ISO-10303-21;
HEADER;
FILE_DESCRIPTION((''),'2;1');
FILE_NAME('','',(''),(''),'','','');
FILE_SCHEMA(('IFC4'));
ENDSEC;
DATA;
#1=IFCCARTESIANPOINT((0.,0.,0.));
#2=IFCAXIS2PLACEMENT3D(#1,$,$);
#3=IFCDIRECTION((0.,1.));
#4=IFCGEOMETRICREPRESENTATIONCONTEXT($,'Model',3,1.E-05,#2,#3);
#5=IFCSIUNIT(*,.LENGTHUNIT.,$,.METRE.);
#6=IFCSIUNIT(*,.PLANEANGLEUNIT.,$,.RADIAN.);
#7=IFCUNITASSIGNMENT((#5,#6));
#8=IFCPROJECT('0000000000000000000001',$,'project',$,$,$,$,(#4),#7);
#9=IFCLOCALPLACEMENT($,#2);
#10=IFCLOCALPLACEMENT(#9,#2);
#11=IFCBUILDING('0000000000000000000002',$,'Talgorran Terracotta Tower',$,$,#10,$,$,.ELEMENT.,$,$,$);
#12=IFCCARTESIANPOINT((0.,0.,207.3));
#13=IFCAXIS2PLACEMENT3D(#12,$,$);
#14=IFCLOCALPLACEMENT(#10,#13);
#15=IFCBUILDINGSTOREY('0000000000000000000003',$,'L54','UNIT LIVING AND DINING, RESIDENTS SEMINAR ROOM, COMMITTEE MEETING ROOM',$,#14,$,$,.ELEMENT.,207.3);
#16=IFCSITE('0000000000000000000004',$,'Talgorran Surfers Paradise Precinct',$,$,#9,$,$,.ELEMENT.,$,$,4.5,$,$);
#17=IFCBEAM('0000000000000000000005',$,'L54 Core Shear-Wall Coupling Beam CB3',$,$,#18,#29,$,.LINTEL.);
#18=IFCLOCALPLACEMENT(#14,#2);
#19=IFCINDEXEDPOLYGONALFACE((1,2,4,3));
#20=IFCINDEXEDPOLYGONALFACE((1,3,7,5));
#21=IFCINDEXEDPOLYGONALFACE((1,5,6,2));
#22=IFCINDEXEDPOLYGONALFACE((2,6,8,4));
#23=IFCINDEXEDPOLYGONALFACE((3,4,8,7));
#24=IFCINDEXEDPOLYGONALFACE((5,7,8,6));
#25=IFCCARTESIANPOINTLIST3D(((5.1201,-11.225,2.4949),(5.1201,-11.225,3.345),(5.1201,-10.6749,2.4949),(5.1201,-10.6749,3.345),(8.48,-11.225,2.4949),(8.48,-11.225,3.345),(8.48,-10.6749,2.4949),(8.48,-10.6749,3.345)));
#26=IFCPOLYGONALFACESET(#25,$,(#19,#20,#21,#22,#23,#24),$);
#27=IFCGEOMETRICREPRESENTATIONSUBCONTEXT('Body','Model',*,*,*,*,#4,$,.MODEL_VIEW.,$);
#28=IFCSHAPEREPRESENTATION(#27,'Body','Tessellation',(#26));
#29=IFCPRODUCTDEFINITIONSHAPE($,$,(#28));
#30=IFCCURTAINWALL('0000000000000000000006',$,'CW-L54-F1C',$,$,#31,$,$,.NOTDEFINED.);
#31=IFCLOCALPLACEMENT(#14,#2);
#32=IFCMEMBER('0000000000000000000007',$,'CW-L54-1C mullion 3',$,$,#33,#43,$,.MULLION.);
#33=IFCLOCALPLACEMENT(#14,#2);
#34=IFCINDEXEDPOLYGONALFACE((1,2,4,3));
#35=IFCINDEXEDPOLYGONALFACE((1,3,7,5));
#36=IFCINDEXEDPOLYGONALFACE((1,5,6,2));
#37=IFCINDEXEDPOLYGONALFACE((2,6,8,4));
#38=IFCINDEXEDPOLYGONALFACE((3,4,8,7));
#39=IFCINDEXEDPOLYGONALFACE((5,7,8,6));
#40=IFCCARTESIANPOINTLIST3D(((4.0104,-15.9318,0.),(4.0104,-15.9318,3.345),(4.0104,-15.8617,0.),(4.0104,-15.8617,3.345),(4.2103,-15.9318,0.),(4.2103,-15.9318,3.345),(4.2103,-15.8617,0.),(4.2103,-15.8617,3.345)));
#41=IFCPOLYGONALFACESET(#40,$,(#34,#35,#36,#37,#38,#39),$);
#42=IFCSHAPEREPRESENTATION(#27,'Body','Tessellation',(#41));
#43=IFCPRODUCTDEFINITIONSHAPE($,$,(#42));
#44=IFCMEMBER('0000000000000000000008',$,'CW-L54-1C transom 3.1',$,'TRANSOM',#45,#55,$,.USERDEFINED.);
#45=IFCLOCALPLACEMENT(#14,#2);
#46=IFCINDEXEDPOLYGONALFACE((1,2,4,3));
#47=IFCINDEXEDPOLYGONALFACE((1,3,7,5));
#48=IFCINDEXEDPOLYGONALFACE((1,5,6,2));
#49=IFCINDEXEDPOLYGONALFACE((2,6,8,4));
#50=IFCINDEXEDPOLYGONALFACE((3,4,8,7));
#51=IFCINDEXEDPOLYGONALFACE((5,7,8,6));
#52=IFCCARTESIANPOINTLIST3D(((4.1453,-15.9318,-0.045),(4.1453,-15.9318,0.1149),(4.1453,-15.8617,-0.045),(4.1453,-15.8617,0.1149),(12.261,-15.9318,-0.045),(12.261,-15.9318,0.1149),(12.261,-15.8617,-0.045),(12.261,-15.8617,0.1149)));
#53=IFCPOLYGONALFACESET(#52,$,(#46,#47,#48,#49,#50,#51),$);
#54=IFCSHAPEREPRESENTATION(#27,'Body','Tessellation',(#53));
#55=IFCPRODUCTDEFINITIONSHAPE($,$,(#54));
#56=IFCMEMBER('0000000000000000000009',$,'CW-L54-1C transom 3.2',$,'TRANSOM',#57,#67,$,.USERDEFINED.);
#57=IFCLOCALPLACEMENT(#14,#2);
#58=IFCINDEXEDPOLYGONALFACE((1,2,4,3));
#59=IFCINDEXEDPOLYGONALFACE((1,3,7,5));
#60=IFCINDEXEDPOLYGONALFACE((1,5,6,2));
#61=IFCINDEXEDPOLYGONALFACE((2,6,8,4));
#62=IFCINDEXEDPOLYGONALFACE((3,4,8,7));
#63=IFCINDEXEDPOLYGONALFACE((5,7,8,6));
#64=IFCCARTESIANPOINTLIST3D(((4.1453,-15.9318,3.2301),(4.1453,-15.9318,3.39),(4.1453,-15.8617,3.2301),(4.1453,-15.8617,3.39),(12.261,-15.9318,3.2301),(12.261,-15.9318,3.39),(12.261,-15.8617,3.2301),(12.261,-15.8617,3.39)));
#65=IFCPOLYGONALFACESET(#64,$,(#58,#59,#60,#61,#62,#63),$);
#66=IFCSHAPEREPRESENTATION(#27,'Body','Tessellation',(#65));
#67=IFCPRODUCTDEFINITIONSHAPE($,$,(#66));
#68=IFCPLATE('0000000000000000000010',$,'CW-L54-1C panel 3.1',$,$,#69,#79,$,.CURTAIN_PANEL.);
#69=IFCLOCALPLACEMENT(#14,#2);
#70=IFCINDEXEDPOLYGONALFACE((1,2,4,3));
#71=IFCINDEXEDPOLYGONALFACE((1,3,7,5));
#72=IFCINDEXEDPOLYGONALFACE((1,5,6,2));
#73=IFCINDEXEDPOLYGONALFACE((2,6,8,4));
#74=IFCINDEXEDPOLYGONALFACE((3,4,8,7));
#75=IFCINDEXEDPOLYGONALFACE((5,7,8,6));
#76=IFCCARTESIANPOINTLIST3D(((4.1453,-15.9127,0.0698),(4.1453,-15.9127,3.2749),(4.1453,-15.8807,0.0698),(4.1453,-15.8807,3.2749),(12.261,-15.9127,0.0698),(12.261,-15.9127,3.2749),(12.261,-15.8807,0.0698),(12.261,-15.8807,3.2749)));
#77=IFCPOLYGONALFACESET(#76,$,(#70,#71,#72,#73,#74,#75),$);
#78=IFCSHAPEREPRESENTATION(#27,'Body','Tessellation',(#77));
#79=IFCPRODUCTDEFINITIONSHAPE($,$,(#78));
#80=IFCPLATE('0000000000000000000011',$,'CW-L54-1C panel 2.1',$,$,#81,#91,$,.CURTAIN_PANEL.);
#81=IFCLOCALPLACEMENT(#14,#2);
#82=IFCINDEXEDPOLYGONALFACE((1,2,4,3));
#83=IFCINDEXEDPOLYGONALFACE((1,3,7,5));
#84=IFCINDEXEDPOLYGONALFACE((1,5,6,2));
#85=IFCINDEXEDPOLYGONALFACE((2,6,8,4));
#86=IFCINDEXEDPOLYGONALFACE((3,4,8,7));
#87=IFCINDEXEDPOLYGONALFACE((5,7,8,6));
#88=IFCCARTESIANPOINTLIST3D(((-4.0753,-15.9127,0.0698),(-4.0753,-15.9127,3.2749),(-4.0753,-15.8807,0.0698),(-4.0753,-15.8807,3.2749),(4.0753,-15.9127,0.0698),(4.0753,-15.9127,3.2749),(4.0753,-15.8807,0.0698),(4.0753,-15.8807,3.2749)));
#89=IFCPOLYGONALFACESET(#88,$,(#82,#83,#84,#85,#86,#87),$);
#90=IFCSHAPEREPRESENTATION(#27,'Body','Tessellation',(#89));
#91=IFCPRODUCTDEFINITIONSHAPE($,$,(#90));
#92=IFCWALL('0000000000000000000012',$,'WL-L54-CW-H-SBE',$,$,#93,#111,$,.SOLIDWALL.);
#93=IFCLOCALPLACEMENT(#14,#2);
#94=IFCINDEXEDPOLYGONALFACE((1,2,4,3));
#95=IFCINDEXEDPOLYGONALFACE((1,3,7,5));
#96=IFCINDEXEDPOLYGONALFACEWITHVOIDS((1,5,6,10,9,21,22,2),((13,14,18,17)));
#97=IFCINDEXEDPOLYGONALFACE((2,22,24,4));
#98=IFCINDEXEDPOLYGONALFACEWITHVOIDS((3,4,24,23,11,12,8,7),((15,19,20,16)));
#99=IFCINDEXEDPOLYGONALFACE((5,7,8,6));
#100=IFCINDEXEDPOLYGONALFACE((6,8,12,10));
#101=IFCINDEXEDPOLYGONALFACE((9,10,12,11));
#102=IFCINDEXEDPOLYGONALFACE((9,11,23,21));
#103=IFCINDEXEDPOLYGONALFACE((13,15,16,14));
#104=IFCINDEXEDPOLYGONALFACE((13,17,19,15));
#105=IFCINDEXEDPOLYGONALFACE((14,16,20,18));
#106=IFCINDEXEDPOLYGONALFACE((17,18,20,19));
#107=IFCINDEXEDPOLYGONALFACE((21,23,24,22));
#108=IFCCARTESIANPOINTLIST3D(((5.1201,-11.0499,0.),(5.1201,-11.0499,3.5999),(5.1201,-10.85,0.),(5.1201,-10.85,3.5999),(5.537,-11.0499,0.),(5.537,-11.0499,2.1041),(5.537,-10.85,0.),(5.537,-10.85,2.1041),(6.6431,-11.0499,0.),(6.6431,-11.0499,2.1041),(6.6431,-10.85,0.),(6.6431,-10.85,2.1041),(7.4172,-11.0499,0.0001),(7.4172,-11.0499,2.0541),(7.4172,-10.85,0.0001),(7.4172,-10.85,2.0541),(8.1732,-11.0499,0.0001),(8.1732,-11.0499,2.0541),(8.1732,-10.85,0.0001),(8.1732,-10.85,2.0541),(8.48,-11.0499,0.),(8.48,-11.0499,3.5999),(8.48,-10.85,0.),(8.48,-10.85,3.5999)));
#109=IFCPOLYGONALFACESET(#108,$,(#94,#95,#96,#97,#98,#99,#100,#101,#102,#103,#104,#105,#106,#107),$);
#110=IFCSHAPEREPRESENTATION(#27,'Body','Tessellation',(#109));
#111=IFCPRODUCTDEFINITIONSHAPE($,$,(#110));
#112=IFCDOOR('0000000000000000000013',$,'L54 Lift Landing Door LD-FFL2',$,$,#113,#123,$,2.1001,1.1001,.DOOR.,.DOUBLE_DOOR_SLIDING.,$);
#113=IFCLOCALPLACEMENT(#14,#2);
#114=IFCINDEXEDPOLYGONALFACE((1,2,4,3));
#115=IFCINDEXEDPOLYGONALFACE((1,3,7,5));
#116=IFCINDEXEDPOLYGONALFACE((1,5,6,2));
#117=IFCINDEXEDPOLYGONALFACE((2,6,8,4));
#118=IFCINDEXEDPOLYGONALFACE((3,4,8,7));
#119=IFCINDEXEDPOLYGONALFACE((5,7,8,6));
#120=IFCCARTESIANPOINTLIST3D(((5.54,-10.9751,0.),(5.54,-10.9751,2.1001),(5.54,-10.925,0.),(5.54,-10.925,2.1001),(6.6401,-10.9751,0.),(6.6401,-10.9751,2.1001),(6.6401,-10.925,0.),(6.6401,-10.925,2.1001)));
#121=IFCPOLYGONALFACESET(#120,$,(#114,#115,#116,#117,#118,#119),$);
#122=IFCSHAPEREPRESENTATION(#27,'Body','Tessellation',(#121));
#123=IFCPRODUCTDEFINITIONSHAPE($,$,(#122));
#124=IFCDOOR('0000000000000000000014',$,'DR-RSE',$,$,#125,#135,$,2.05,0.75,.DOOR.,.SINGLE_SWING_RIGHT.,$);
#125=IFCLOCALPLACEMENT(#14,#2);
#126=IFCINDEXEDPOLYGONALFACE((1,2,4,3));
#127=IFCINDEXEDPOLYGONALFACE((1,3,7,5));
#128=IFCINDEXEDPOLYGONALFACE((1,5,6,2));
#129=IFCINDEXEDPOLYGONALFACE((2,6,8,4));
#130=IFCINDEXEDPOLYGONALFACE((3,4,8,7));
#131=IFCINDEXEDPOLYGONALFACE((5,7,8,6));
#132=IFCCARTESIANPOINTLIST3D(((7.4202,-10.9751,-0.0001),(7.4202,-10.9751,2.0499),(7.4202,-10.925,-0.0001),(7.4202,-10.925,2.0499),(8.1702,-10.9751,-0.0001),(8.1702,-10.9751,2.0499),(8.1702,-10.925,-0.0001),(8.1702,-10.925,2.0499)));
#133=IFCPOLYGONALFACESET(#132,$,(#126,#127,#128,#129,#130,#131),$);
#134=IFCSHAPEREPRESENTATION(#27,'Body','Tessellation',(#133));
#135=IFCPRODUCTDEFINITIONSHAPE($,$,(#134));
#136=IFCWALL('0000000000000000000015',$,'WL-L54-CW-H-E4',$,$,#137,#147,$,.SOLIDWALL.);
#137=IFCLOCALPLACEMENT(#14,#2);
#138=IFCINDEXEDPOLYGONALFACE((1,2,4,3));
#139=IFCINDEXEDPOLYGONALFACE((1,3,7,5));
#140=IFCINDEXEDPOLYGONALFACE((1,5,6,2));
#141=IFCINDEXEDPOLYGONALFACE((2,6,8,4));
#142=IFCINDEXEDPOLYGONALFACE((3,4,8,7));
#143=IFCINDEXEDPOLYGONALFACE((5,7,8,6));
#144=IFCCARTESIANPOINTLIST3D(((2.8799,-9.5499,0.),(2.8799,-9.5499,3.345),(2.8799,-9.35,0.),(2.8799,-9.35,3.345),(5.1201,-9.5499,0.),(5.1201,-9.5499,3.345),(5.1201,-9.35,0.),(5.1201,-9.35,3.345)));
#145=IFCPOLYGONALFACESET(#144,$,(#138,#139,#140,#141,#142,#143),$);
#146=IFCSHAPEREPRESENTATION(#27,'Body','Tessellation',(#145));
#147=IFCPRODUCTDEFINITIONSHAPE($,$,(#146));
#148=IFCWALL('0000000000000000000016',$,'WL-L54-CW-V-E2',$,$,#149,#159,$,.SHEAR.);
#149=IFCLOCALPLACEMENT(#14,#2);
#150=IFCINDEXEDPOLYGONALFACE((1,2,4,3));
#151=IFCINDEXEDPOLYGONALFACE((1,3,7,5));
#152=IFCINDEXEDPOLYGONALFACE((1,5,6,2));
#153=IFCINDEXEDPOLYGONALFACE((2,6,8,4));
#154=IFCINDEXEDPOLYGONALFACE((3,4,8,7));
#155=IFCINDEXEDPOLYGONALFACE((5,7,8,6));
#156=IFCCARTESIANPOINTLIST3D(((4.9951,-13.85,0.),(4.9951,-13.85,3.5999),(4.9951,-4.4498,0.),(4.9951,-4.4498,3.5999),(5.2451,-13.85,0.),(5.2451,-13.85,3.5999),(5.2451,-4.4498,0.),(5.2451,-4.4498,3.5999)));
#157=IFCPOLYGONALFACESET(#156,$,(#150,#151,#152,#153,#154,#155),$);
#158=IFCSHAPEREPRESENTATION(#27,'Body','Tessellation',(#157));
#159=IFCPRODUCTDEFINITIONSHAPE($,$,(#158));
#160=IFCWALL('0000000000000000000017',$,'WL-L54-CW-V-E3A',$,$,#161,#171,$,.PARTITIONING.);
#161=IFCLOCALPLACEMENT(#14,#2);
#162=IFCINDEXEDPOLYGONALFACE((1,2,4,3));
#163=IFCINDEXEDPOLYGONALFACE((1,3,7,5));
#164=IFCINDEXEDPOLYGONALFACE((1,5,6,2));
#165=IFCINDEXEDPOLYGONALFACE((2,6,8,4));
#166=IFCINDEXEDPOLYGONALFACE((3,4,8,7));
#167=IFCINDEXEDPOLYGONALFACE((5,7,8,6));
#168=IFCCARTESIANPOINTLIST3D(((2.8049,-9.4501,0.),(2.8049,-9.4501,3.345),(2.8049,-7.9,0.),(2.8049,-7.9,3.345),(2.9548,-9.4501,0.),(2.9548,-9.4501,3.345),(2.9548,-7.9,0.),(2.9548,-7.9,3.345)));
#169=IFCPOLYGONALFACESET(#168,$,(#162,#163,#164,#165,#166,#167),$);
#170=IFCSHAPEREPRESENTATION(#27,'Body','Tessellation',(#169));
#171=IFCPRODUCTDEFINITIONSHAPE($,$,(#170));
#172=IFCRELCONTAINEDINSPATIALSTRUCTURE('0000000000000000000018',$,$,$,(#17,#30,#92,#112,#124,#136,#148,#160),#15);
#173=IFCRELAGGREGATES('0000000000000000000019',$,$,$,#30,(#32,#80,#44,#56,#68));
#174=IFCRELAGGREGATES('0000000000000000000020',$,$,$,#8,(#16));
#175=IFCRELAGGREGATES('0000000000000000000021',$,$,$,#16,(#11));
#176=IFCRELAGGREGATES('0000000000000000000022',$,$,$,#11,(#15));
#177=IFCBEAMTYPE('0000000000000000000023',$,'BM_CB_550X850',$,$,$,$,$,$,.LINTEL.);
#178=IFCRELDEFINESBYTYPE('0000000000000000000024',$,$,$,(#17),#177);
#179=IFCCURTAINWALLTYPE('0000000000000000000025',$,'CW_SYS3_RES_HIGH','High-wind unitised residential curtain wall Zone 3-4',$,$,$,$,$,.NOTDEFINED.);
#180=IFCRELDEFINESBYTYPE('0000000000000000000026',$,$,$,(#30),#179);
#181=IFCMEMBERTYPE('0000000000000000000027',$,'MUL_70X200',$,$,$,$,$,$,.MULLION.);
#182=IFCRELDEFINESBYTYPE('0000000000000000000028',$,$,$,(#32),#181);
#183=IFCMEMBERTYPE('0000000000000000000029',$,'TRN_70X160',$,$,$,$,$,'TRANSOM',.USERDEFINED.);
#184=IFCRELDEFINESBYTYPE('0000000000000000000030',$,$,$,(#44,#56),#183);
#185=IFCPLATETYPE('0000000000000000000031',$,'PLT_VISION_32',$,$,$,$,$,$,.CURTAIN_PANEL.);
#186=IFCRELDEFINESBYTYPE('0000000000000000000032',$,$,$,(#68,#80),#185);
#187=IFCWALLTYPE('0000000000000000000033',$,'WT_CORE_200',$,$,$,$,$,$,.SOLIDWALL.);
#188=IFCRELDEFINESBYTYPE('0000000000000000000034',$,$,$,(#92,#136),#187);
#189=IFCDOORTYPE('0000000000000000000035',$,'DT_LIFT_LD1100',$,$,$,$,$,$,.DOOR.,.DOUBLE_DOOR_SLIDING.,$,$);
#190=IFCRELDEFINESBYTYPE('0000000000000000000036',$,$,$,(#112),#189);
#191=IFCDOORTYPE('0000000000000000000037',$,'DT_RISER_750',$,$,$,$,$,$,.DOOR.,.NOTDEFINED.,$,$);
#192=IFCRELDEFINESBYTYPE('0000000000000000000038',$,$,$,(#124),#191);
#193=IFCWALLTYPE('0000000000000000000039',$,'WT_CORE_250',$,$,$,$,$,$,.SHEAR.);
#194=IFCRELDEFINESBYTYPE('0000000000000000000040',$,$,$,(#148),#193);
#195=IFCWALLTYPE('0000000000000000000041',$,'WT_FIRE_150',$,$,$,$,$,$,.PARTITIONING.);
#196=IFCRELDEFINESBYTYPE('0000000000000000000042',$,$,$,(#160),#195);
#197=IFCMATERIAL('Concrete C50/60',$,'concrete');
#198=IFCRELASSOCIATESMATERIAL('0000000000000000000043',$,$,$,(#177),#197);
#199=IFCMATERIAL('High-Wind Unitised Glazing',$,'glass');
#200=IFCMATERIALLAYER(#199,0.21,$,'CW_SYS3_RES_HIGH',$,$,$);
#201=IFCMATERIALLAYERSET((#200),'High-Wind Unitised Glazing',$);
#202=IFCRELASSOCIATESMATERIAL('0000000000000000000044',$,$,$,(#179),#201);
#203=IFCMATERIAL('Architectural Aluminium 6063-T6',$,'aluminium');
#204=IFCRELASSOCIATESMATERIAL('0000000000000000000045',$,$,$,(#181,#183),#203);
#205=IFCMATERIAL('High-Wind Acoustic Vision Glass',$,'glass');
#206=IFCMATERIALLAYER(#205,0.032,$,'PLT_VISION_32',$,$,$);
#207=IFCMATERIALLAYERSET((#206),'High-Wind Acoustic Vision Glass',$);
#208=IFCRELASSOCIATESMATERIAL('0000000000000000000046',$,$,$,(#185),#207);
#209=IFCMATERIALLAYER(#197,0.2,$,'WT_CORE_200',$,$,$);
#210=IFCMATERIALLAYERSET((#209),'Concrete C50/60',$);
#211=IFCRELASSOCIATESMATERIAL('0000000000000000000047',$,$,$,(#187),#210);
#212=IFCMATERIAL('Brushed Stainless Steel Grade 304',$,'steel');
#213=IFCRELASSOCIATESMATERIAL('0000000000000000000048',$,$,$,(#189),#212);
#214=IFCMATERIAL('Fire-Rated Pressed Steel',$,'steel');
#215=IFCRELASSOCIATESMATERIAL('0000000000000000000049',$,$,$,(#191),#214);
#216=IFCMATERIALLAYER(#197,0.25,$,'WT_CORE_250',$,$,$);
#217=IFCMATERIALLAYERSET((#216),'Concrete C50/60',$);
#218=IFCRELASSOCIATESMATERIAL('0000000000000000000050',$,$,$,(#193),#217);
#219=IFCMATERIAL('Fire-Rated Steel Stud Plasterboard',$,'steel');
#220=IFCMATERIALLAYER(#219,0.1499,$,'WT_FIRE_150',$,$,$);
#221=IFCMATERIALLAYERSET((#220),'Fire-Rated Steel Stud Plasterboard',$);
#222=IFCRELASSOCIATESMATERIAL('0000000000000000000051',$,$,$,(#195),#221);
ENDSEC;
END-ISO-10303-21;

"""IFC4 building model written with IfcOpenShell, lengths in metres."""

from ifc_helpers import new_model, si_unit, direction, frame, frame_2d, origin, origin_2d, place, context, subcontext, project, spatial, rectangle, extrude, source, transform, mapped, material, layer, layer_set, material_profile, profile_set, type_object, type_shapes, element, fill, aggregate, save


model = new_model("IFC4")

# Units and contexts
model_context = context("Model", 3, precision=1e-05, world=origin(), true_north=direction((0.0, 1.0)))
body_context = subcontext(model_context, "Body", "Model", "MODEL_VIEW")
ifc_project = project(units=[si_unit("LENGTHUNIT", "METRE"), si_unit("PLANEANGLEUNIT", "RADIAN")], contexts=[model_context])

# Site, building, storey
site_placement = place(None, origin())
site = spatial("IfcSite", under=ifc_project, at=site_placement, Name="Talgorran Surfers Paradise Precinct", CompositionType="ELEMENT", RefElevation=4.5)
building_placement = place(site_placement, origin())
building = spatial("IfcBuilding", under=site, at=building_placement, Name="Talgorran Terracotta Tower", CompositionType="ELEMENT")
storey_placement = place(building_placement, frame((0.0, 0.0, 207.3)))
storey = spatial("IfcBuildingStorey", under=building, at=storey_placement, Name="L54", Description="UNIT LIVING AND DINING, RESIDENTS SEMINAR ROOM, COMMITTEE MEETING ROOM", CompositionType="ELEMENT", Elevation=207.3)

# Beam
ifc_material_1 = material(Name="Concrete C50/60", Category="concrete")
ifc_material_profile_1 = material_profile(ifc_material_1, rectangle(XDim=0.55, YDim=0.8501, at=origin_2d()), Name="RCCB550X850")
ifc_profile_set_1 = profile_set([ifc_material_profile_1], Name="Concrete C50/60")
beam_type = type_object("IfcBeamType", Name="BM_CB_550X850", PredefinedType="LINTEL", material=ifc_profile_set_1)
beam_placement = place(storey_placement, frame((5.1201, -10.95, 2.9199), z_axis=(1.0, 0.0, 0.0), x_axis=(0.0, 1.0, 0.0)))
element("IfcBeam", 1, at=beam_placement, inside=storey, type_object=beam_type, Name="L54 Core Shear-Wall Coupling Beam CB3", PredefinedType="LINTEL", context=body_context, shape_type="SweptSolid", body=[
    extrude(rectangle(XDim=0.55, YDim=0.8501, at=origin_2d()), origin(), (0.0, 0.0, 1.0), 3.3599),
])

# Curtain wall, members, plates
ifc_material_2 = material(Name="High-Wind Unitised Glazing", Category="glass")
ifc_layer_1 = layer(ifc_material_2, 0.21, Name="CW_SYS3_RES_HIGH")
ifc_layer_set_1 = layer_set([ifc_layer_1], Name="High-Wind Unitised Glazing")
curtain_wall_type = type_object("IfcCurtainWallType", Name="CW_SYS3_RES_HIGH", Description="High-wind unitised residential curtain wall Zone 3-4", PredefinedType="NOTDEFINED", material=ifc_layer_set_1)
curtain_wall_placement = place(storey_placement, origin())
curtain_wall = element("IfcCurtainWall", 2, at=curtain_wall_placement, inside=storey, type_object=curtain_wall_type, Name="CW-L54-F1C", PredefinedType="NOTDEFINED")
ifc_material_3 = material(Name="Architectural Aluminium 6063-T6", Category="aluminium")
ifc_material_profile_2 = material_profile(ifc_material_3, rectangle(XDim=0.0701, YDim=0.2, at=origin_2d()), Name="CWM70X200")
ifc_profile_set_2 = profile_set([ifc_material_profile_2], Name="Architectural Aluminium 6063-T6")
member_type_1 = type_object("IfcMemberType", Name="MUL_70X200", PredefinedType="MULLION", material=ifc_profile_set_2)
member_1_placement = place(storey_placement, frame((4.1104, -15.8967, 0.0), z_axis=(0.0, 0.0, 1.0), x_axis=(0.0, 1.0, 0.0)))
member_1 = element("IfcMember", 3, at=member_1_placement, type_object=member_type_1, Name="CW-L54-1C mullion 3", PredefinedType="MULLION", context=body_context, shape_type="SweptSolid", body=[
    extrude(rectangle(XDim=0.0701, YDim=0.2, at=origin_2d()), origin(), (0.0, 0.0, 1.0), 3.345),
])
ifc_material_profile_3 = material_profile(ifc_material_3, rectangle(XDim=0.0701, YDim=0.1599, at=origin_2d()), Name="CWT70X160")
ifc_profile_set_3 = profile_set([ifc_material_profile_3], Name="Architectural Aluminium 6063-T6")
member_type_2 = type_object("IfcMemberType", Name="TRN_70X160", ElementType="TRANSOM", PredefinedType="USERDEFINED", material=ifc_profile_set_3)
member_2_placement = place(storey_placement, frame((4.1453, -15.8967, 0.0349), z_axis=(1.0, 0.0, 0.0), x_axis=(0.0, 1.0, 0.0)))
member_2 = element("IfcMember", 4, at=member_2_placement, type_object=member_type_2, Name="CW-L54-1C transom 3.1", ObjectType="TRANSOM", PredefinedType="USERDEFINED", context=body_context, shape_type="SweptSolid", body=[
    extrude(rectangle(XDim=0.0701, YDim=0.1599, at=origin_2d()), origin(), (0.0, 0.0, 1.0), 8.1157),
])
member_3_placement = place(storey_placement, frame((4.1453, -15.8967, 3.3101), z_axis=(1.0, 0.0, 0.0), x_axis=(0.0, 1.0, 0.0)))
member_3 = element("IfcMember", 5, at=member_3_placement, type_object=member_type_2, Name="CW-L54-1C transom 3.2", ObjectType="TRANSOM", PredefinedType="USERDEFINED", context=body_context, shape_type="SweptSolid", body=[
    extrude(rectangle(XDim=0.0701, YDim=0.1599, at=origin_2d()), origin(), (0.0, 0.0, 1.0), 8.1157),
])
ifc_material_4 = material(Name="High-Wind Acoustic Vision Glass", Category="glass")
ifc_layer_2 = layer(ifc_material_4, 0.032, Name="PLT_VISION_32")
ifc_layer_set_2 = layer_set([ifc_layer_2], Name="High-Wind Acoustic Vision Glass")
plate_type = type_object("IfcPlateType", Name="PLT_VISION_32", PredefinedType="CURTAIN_PANEL", material=ifc_layer_set_2)
shared_shape_1 = source(origin(), body_context, "Body", "SweptSolid", [
    extrude(rectangle(XDim=8.1157, YDim=0.032, at=origin_2d()), origin(), (0.0, 0.0, 1.0), 3.2051),
])
plate_1_placement = place(storey_placement, frame((8.2031, -15.8967, 0.0698), z_axis=(0.0, 0.0, 1.0), x_axis=(1.0, 0.0, 0.0)))
plate_1 = element("IfcPlate", 6, at=plate_1_placement, type_object=plate_type, Name="CW-L54-1C panel 3.1", PredefinedType="CURTAIN_PANEL", context=body_context, shape_type="MappedRepresentation", body=[
    mapped(shared_shape_1, transform((0.0, 0.0, 0.0), scale=1.0)),
])
shared_shape_2 = source(origin(), body_context, "Body", "SweptSolid", [
    extrude(rectangle(XDim=8.1506, YDim=0.032, at=origin_2d()), origin(), (0.0, 0.0, 1.0), 3.2051),
])
type_shapes(plate_type, [shared_shape_1, shared_shape_2])
plate_2_placement = place(storey_placement, frame((0.0, -15.8967, 0.0698), z_axis=(0.0, 0.0, 1.0), x_axis=(1.0, 0.0, 0.0)))
plate_2 = element("IfcPlate", 7, at=plate_2_placement, type_object=plate_type, Name="CW-L54-1C panel 2.1", PredefinedType="CURTAIN_PANEL", context=body_context, shape_type="MappedRepresentation", body=[
    mapped(shared_shape_2, transform((0.0, 0.0, 0.0), scale=1.0)),
])
aggregate(curtain_wall, [member_1, plate_2, member_2, member_3, plate_1])

# Wall, openings, doors
ifc_layer_3 = layer(ifc_material_1, 0.2, Name="WT_CORE_200")
ifc_layer_set_3 = layer_set([ifc_layer_3], Name="Concrete C50/60")
wall_type_1 = type_object("IfcWallType", Name="WT_CORE_200", PredefinedType="SOLIDWALL", material=ifc_layer_set_3)
wall_1_placement = place(storey_placement, frame((5.1201, -10.95, 0.0), z_axis=(0.0, 0.0, 1.0), x_axis=(1.0, 0.0, 0.0)))
wall_1 = element("IfcWall", 8, at=wall_1_placement, inside=storey, type_object=wall_type_1, Name="WL-L54-CW-H-SBE", PredefinedType="SOLIDWALL", context=body_context, shape_type="SweptSolid", body=[
    extrude(rectangle(XDim=3.3599, YDim=0.2, at=frame_2d((1.6799, 0.0))), origin(), (0.0, 0.0, 1.0), 3.5999),
])
opening_1_placement = place(wall_1_placement, frame((0.4199, 0.0, 0.0)))
opening_1 = element("IfcOpeningElement", 9, at=opening_1_placement, cuts=wall_1, PredefinedType="OPENING", context=body_context, shape_type="SweptSolid", body=[
    extrude(rectangle(XDim=1.1061, YDim=2.1041, at=frame_2d((0.55, 1.052))), frame((0.0, 0.1099, 0.0), z_axis=(0.0, -1.0, 0.0), x_axis=(1.0, 0.0, 0.0)), (0.0, 0.0, 1.0), 0.22),
])
opening_2_placement = place(wall_1_placement, frame((2.3, 0.0, 0.0)))
opening_2 = element("IfcOpeningElement", 10, at=opening_2_placement, cuts=wall_1, PredefinedType="OPENING", context=body_context, shape_type="SweptSolid", body=[
    extrude(rectangle(XDim=0.756, YDim=2.054, at=frame_2d((0.375, 1.0271))), frame((0.0, 0.1099, 0.0), z_axis=(0.0, -1.0, 0.0), x_axis=(1.0, 0.0, 0.0)), (0.0, 0.0, 1.0), 0.22),
])
ifc_material_5 = material(Name="Brushed Stainless Steel Grade 304", Category="steel")
door_type_1 = type_object("IfcDoorType", Name="DT_LIFT_LD1100", OperationType="DOUBLE_DOOR_SLIDING", PredefinedType="DOOR", material=ifc_material_5)
door_1_placement = place(opening_1_placement, origin())
door_1 = element("IfcDoor", 11, at=door_1_placement, inside=storey, type_object=door_type_1, Name="L54 Lift Landing Door LD-FFL2", OperationType="DOUBLE_DOOR_SLIDING", OverallHeight=2.1001, OverallWidth=1.1001, PredefinedType="DOOR", context=body_context, shape_type="SweptSolid", body=[
    extrude(rectangle(XDim=1.1001, YDim=2.1001, at=frame_2d((0.55, 1.05))), frame((0.0, 0.0249, 0.0), z_axis=(0.0, -1.0, 0.0), x_axis=(1.0, 0.0, 0.0)), (0.0, 0.0, 1.0), 0.05),
])
fill(opening_1, door_1)
ifc_material_6 = material(Name="Fire-Rated Pressed Steel", Category="steel")
door_type_2 = type_object("IfcDoorType", Name="DT_RISER_750", OperationType="NOTDEFINED", PredefinedType="DOOR", material=ifc_material_6)
door_2_placement = place(opening_2_placement, origin())
door_2 = element("IfcDoor", 12, at=door_2_placement, inside=storey, type_object=door_type_2, Name="DR-RSE", OperationType="SINGLE_SWING_RIGHT", OverallHeight=2.05, OverallWidth=0.75, PredefinedType="DOOR", context=body_context, shape_type="SweptSolid", body=[
    extrude(rectangle(XDim=0.75, YDim=2.05, at=frame_2d((0.375, 1.0249))), frame((0.0, 0.0249, 0.0), z_axis=(0.0, -1.0, 0.0), x_axis=(1.0, 0.0, 0.0)), (0.0, 0.0, 1.0), 0.05),
])
fill(opening_2, door_2)

# Walls
wall_2_placement = place(storey_placement, frame((2.8799, -9.45, 0.0), z_axis=(0.0, 0.0, 1.0), x_axis=(1.0, 0.0, 0.0)))
element("IfcWall", 13, at=wall_2_placement, inside=storey, type_object=wall_type_1, Name="WL-L54-CW-H-E4", PredefinedType="SOLIDWALL", context=body_context, shape_type="SweptSolid", body=[
    extrude(rectangle(XDim=2.2402, YDim=0.2, at=frame_2d((1.1201, 0.0))), origin(), (0.0, 0.0, 1.0), 3.345),
])
ifc_layer_4 = layer(ifc_material_1, 0.25, Name="WT_CORE_250")
ifc_layer_set_4 = layer_set([ifc_layer_4], Name="Concrete C50/60")
wall_type_2 = type_object("IfcWallType", Name="WT_CORE_250", PredefinedType="SHEAR", material=ifc_layer_set_4)
wall_3_placement = place(storey_placement, frame((5.1201, -13.8501, 0.0), z_axis=(0.0, 0.0, 1.0), x_axis=(0.0, 1.0, 0.0)))
element("IfcWall", 14, at=wall_3_placement, inside=storey, type_object=wall_type_2, Name="WL-L54-CW-V-E2", PredefinedType="SHEAR", context=body_context, shape_type="SweptSolid", body=[
    extrude(rectangle(XDim=9.4001, YDim=0.25, at=frame_2d((4.7002, 0.0))), origin(), (0.0, 0.0, 1.0), 3.5999),
])
ifc_material_7 = material(Name="Fire-Rated Steel Stud Plasterboard", Category="steel")
ifc_layer_5 = layer(ifc_material_7, 0.1499, Name="WT_FIRE_150")
ifc_layer_set_5 = layer_set([ifc_layer_5], Name="Fire-Rated Steel Stud Plasterboard")
wall_type_3 = type_object("IfcWallType", Name="WT_FIRE_150", PredefinedType="PARTITIONING", material=ifc_layer_set_5)
wall_4_placement = place(storey_placement, frame((2.8799, -9.45, 0.0), z_axis=(0.0, 0.0, 1.0), x_axis=(0.0, 1.0, 0.0)))
element("IfcWall", 15, at=wall_4_placement, inside=storey, type_object=wall_type_3, Name="WL-L54-CW-V-E3A", PredefinedType="PARTITIONING", context=body_context, shape_type="SweptSolid", body=[
    extrude(rectangle(XDim=1.55, YDim=0.1499, at=frame_2d((0.7749, 0.0))), origin(), (0.0, 0.0, 1.0), 3.345),
])

save(model, "model.ifc")
